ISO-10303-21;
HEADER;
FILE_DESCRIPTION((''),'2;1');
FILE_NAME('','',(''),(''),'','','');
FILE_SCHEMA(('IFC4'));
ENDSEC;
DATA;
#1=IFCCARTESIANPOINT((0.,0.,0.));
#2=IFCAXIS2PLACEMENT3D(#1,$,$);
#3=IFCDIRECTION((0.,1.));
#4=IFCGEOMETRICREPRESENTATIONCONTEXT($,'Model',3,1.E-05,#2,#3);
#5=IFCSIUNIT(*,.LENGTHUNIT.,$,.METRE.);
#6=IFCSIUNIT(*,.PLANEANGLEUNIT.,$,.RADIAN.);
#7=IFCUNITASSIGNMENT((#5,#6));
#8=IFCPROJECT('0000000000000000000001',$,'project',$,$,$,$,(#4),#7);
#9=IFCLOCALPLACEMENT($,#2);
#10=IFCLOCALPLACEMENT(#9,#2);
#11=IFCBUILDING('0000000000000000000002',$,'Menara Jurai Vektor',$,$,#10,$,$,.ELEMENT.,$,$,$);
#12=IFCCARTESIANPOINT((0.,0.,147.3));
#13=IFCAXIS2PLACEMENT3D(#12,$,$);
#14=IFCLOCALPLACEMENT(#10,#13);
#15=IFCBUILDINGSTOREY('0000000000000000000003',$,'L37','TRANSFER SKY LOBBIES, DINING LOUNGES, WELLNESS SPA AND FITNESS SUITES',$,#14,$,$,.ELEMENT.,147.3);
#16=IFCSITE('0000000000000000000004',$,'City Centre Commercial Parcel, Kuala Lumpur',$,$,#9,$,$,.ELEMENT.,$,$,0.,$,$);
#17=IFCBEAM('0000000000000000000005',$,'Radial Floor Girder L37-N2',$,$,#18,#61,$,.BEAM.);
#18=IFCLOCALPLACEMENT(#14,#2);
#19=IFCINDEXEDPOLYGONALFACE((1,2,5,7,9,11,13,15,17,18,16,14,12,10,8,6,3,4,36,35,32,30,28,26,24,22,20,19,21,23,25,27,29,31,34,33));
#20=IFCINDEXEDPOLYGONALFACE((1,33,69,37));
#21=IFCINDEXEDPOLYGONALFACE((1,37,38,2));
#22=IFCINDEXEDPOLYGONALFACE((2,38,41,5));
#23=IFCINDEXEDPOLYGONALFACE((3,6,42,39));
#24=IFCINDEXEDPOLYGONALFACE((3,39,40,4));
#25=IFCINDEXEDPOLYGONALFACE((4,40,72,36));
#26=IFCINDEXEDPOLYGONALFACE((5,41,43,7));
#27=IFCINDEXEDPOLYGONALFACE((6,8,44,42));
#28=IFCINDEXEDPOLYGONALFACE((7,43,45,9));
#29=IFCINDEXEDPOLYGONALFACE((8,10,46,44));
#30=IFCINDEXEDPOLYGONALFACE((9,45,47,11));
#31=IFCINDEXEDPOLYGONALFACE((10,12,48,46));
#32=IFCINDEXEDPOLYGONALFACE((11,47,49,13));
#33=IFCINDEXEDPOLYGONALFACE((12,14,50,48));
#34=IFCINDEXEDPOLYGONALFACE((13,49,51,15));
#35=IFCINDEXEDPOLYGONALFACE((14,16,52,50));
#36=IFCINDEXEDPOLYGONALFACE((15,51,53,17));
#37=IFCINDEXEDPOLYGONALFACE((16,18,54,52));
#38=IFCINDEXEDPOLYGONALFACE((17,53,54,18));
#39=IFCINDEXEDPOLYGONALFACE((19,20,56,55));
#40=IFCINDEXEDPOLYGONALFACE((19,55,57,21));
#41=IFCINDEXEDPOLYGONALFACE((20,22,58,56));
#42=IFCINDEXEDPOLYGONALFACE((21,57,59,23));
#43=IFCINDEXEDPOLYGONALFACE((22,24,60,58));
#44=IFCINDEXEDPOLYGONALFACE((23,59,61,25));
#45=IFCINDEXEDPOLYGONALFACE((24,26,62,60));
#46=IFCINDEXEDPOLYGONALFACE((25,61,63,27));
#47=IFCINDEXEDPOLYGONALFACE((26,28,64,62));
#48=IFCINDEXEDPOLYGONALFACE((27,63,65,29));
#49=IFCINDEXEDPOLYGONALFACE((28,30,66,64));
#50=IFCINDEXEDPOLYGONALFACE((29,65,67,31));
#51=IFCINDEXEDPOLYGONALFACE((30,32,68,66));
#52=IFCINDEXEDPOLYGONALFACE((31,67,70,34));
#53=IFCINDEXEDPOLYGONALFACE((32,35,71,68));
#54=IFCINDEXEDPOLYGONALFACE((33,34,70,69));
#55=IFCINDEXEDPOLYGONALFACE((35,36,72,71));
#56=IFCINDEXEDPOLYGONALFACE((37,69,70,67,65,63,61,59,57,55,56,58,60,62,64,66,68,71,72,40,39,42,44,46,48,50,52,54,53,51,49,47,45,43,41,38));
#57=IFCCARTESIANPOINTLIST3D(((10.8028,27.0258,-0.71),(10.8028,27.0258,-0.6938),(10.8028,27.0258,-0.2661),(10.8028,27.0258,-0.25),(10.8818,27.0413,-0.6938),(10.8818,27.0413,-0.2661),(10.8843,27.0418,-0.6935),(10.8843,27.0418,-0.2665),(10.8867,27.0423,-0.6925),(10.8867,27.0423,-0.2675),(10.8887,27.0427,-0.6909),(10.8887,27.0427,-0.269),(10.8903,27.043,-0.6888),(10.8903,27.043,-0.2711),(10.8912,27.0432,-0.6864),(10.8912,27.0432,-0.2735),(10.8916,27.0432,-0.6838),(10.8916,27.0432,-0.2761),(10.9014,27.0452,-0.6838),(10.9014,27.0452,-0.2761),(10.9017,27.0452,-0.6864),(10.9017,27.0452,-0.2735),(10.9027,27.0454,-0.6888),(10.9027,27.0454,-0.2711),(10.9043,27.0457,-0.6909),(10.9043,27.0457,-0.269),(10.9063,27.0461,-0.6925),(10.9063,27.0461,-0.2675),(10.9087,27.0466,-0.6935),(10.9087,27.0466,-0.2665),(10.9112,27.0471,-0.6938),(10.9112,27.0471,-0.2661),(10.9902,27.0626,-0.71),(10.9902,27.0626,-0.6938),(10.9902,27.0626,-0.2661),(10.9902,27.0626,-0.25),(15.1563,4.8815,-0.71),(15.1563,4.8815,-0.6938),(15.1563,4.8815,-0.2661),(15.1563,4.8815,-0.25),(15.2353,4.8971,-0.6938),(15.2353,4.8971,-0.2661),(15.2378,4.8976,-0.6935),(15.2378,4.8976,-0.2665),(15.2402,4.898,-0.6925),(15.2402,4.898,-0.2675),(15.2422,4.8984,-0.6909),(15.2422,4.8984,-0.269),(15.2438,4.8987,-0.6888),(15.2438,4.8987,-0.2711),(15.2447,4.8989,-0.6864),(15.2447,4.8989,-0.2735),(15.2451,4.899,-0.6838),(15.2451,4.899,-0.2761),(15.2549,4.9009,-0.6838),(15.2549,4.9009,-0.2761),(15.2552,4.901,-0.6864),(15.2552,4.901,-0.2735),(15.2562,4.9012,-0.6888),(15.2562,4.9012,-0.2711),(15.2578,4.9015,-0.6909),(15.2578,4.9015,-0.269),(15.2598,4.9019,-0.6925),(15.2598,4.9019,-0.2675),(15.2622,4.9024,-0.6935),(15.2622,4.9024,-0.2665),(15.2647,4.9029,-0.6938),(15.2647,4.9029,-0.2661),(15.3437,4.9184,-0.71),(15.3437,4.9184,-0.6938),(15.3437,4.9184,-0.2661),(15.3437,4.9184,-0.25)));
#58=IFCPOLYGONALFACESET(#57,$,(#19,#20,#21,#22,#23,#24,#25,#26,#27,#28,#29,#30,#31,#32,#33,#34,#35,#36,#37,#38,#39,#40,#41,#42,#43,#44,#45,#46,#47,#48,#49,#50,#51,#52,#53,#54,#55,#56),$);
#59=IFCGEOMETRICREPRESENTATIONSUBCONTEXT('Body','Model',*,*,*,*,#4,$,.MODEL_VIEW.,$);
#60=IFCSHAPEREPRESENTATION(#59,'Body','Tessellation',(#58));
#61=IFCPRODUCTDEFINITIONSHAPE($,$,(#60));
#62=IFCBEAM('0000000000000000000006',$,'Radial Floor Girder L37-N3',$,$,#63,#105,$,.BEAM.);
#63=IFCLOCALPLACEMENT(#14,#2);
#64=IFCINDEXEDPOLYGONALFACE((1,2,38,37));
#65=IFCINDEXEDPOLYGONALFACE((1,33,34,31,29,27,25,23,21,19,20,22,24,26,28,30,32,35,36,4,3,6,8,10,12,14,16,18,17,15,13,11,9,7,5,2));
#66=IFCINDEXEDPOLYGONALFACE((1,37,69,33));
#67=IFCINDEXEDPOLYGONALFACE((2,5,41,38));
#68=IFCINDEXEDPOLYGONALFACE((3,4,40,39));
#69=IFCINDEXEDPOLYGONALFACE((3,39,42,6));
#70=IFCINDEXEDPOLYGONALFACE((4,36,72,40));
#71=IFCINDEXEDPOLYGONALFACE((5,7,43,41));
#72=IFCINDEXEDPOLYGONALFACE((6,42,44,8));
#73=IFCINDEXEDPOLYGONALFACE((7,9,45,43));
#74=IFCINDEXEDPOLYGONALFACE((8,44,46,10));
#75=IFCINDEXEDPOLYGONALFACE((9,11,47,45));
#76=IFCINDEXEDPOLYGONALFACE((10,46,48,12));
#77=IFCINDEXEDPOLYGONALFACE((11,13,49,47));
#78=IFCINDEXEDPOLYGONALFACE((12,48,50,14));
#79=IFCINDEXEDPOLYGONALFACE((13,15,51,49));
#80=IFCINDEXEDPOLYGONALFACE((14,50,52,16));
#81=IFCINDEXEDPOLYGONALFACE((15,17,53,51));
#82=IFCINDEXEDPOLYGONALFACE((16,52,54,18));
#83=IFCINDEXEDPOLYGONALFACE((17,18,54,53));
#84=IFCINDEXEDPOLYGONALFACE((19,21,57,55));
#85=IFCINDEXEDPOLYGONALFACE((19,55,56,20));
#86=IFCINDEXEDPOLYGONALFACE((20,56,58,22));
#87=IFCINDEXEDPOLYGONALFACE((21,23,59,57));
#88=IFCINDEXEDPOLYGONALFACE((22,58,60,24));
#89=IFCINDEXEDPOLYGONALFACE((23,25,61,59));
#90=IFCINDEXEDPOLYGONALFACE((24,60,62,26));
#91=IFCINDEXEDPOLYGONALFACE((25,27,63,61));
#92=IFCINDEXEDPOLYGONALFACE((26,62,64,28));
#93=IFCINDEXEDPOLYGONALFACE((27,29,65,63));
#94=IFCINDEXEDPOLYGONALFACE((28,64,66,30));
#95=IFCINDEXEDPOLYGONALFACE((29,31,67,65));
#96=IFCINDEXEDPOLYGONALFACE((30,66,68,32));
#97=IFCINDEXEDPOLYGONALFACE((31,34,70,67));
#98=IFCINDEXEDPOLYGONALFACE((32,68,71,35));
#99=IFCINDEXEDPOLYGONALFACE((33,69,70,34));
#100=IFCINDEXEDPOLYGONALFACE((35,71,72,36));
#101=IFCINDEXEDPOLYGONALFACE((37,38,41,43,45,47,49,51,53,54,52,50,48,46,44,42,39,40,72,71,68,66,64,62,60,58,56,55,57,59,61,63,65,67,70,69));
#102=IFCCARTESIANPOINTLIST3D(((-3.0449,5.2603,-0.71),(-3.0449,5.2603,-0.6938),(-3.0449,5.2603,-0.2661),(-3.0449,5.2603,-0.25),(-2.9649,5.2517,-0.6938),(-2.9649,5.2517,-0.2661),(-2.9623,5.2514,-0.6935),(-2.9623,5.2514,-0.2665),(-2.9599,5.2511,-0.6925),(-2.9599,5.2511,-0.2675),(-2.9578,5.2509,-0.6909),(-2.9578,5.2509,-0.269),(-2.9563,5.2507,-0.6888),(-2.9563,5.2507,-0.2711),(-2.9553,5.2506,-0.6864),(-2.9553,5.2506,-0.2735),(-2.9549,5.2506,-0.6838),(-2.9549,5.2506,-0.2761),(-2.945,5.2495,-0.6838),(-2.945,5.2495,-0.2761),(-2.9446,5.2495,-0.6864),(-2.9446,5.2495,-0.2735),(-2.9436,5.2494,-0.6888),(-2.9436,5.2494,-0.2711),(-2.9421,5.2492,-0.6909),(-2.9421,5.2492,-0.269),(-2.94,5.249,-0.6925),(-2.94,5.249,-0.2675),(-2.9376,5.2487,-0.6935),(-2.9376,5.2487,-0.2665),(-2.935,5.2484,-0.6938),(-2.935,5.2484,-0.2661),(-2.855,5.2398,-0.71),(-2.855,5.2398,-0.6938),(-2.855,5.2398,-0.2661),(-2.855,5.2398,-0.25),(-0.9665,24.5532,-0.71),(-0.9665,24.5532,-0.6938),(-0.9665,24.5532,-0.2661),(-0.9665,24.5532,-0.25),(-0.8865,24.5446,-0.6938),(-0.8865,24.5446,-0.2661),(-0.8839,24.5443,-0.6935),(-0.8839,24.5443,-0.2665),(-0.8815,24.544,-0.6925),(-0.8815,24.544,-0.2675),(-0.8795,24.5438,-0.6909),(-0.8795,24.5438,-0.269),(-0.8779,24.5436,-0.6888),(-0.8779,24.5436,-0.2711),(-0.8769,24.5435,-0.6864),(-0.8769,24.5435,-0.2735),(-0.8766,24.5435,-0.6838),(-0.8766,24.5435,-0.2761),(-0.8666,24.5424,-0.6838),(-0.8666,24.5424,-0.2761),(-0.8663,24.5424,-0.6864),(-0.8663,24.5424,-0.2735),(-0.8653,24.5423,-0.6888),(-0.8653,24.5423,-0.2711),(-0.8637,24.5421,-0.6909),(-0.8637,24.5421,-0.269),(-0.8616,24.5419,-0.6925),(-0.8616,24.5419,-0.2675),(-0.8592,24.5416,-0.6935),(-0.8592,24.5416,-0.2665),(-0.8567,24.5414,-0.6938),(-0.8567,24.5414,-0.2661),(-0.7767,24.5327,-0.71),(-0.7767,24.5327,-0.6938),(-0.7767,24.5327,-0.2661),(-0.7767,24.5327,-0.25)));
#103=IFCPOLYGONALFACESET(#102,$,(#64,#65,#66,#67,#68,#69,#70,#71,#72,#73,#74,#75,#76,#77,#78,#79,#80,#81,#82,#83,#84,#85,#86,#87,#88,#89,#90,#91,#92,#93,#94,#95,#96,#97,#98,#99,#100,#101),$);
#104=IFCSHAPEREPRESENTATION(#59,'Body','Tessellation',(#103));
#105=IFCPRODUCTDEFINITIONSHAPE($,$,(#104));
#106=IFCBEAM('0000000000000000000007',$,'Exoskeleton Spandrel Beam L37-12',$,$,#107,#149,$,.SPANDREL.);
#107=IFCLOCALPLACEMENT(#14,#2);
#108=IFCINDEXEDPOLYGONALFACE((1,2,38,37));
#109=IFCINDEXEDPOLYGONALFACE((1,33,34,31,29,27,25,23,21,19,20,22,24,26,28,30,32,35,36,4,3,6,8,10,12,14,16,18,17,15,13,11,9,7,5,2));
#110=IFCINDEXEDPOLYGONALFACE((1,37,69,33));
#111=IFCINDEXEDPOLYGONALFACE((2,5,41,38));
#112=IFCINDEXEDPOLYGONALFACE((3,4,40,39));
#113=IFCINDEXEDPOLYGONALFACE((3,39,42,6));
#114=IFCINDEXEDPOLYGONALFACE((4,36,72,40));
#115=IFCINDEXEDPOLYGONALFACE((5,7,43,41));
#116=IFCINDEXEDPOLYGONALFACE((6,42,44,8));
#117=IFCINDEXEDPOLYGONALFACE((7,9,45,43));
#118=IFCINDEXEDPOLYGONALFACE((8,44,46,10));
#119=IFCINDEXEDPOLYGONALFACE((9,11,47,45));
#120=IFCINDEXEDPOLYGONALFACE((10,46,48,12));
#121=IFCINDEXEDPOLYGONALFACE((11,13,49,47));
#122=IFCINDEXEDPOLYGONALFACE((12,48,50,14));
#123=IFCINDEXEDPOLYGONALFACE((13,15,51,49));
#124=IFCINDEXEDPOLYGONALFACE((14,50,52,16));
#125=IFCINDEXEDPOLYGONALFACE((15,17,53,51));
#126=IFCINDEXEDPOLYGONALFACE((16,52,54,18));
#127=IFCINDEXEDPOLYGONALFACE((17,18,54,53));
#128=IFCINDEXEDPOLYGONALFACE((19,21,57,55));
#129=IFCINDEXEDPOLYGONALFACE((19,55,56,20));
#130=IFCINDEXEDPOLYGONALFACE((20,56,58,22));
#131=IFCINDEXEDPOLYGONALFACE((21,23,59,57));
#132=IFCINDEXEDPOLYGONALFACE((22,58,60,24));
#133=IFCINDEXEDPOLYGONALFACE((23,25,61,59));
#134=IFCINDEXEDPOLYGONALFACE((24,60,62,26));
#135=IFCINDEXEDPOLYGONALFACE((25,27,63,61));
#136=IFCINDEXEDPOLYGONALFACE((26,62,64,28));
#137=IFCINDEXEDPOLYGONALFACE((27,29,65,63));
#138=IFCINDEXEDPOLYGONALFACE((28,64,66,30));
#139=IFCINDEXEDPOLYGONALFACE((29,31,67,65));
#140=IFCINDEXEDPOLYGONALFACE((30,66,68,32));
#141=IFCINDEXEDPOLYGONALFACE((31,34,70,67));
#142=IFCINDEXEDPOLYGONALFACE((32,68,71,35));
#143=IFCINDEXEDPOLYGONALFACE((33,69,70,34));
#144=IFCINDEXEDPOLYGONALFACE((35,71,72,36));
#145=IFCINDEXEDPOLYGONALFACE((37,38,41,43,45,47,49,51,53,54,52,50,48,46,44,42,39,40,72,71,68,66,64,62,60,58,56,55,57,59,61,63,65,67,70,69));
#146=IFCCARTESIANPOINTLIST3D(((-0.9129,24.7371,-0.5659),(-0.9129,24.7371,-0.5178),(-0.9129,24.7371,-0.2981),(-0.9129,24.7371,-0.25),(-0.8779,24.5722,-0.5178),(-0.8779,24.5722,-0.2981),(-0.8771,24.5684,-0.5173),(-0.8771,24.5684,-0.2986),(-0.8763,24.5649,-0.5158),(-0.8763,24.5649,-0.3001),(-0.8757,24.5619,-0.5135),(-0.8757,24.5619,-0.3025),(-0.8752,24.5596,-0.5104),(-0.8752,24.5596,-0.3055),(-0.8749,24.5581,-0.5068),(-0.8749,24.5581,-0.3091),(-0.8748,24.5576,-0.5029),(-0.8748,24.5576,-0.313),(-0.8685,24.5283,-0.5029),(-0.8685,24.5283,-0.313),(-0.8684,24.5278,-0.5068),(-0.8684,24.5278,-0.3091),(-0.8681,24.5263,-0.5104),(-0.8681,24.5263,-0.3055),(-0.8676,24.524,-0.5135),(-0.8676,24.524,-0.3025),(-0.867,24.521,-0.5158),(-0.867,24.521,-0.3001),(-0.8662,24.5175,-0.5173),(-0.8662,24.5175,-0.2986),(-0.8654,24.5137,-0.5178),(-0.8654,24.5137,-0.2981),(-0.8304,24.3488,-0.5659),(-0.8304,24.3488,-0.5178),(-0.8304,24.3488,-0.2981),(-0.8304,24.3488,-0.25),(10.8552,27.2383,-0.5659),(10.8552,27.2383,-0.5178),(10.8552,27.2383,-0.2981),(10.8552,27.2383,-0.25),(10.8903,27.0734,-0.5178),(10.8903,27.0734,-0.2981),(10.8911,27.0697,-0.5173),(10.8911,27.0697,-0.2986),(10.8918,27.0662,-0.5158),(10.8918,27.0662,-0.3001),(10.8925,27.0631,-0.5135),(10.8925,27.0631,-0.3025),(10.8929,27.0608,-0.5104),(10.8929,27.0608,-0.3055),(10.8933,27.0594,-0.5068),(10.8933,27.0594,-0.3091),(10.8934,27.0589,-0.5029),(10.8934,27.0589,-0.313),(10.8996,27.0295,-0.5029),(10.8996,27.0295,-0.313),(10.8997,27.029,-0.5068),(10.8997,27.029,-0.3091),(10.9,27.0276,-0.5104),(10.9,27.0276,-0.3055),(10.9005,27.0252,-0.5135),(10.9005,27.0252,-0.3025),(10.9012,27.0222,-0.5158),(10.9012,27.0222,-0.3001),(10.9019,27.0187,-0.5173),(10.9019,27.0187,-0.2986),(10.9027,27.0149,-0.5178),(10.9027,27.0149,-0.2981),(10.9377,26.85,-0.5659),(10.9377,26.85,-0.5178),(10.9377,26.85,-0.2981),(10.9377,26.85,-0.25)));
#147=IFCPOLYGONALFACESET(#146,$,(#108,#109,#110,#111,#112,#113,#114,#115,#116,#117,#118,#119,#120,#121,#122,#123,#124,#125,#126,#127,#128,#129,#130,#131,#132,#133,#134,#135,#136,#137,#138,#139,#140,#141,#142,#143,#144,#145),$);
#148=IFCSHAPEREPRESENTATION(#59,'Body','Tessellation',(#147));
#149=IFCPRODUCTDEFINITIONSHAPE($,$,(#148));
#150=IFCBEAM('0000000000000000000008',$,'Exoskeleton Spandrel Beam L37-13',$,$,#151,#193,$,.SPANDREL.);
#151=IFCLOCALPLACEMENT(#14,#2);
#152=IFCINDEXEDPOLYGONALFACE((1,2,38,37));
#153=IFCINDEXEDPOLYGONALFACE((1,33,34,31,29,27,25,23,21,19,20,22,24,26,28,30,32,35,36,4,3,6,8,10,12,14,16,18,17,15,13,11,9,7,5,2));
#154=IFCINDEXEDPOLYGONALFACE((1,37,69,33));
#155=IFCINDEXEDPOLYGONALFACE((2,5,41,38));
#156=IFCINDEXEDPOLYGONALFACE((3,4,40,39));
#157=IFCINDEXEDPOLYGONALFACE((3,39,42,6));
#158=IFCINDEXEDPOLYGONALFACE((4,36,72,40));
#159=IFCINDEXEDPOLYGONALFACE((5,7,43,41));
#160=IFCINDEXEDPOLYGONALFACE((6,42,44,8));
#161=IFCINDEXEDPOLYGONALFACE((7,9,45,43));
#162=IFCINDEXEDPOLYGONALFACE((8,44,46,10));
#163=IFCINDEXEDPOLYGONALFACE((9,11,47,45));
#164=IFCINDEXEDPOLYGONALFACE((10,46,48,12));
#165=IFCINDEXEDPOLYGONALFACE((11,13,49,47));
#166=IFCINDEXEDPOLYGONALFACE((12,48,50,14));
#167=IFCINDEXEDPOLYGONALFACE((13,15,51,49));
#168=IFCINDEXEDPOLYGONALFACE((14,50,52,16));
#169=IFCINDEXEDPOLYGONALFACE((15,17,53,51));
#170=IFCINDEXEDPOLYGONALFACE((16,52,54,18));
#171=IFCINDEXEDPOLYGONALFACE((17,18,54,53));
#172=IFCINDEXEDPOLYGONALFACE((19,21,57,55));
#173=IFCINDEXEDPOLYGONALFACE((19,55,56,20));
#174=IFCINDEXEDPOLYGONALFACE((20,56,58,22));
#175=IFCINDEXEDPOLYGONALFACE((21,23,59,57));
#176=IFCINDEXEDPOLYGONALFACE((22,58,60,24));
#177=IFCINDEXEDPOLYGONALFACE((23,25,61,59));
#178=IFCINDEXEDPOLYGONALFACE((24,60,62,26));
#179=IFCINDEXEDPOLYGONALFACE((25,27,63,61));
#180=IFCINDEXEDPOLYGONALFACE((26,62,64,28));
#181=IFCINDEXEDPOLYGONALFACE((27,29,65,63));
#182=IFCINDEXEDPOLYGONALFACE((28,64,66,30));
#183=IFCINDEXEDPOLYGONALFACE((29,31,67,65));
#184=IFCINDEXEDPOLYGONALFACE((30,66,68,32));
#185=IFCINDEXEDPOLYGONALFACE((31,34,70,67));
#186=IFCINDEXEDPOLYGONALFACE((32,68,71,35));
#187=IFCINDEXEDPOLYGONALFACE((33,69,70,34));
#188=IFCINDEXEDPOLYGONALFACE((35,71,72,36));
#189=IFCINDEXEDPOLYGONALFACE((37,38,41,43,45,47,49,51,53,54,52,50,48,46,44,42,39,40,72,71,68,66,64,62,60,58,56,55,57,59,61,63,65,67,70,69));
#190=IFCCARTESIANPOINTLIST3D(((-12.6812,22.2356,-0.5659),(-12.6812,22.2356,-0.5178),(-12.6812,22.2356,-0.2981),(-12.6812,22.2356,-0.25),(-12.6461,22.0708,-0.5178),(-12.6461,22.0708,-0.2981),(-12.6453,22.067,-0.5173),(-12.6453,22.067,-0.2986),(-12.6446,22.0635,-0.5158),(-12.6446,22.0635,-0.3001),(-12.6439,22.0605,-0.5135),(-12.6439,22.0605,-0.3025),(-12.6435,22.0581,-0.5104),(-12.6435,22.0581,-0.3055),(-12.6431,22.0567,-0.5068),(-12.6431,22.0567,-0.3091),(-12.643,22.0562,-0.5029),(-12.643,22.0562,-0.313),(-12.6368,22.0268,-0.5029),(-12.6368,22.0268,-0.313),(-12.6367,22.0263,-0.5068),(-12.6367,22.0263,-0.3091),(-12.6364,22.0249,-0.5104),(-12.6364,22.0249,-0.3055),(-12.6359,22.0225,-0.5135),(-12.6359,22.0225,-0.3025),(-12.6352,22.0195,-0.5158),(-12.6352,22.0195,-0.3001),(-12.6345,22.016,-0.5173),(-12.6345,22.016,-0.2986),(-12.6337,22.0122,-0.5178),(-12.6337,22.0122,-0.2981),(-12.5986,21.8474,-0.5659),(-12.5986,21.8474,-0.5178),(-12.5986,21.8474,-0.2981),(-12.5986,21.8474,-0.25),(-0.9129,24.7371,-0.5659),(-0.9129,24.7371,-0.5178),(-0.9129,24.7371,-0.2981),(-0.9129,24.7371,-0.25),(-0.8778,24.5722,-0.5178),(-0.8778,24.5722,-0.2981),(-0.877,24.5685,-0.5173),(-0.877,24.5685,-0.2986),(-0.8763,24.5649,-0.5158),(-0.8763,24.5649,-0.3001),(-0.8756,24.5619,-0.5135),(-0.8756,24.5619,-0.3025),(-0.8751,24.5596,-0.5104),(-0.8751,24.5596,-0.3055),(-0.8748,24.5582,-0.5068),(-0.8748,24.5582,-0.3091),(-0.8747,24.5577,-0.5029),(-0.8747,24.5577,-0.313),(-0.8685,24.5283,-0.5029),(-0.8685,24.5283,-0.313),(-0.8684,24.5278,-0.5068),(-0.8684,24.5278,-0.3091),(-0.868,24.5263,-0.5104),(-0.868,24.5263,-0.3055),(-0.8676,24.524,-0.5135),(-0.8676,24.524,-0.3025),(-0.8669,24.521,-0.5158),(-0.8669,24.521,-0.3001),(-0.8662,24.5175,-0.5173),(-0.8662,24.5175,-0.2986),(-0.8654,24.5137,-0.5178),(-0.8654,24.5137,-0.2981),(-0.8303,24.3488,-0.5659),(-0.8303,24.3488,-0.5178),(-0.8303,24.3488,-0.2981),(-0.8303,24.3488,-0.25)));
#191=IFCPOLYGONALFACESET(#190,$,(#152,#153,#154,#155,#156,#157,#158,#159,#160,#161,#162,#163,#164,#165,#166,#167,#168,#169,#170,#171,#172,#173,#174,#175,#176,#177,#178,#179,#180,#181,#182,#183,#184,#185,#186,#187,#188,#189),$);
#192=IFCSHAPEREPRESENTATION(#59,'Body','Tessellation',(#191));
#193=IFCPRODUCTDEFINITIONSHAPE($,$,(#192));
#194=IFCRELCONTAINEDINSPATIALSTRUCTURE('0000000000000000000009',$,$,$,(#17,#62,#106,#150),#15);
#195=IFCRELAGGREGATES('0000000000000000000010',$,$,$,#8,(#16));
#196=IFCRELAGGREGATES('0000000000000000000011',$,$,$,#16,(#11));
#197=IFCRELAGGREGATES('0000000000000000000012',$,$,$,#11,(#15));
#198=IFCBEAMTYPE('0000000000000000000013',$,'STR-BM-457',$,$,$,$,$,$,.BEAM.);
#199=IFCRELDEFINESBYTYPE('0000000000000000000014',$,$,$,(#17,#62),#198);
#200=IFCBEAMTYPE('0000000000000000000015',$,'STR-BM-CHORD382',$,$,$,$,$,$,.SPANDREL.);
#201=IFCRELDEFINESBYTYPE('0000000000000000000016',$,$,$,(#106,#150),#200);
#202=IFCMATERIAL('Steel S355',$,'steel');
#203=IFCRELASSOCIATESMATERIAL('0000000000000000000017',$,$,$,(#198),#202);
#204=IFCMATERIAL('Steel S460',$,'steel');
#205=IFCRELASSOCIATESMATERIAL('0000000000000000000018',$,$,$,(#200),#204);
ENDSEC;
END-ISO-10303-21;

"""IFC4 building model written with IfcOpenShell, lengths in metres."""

from ifc_helpers import new_model, si_unit, direction, frame, origin, origin_2d, place, context, subcontext, project, spatial, i_section, extrude, material, material_profile, profile_set, type_object, element, save


model = new_model("IFC4")

# Units and contexts
model_context = context("Model", 3, precision=1e-05, world=origin(), true_north=direction((0.0, 1.0)))
body_context = subcontext(model_context, "Body", "Model", "MODEL_VIEW")
ifc_project = project(units=[si_unit("LENGTHUNIT", "METRE"), si_unit("PLANEANGLEUNIT", "RADIAN")], contexts=[model_context])

# Site, building, storey
site_placement = place(None, origin())
site = spatial("IfcSite", under=ifc_project, at=site_placement, Name="City Centre Commercial Parcel, Kuala Lumpur", CompositionType="ELEMENT", RefElevation=0.0)
building_placement = place(site_placement, origin())
building = spatial("IfcBuilding", under=site, at=building_placement, Name="Menara Jurai Vektor", CompositionType="ELEMENT")
storey_placement = place(building_placement, frame((0.0, 0.0, 147.3)))
storey = spatial("IfcBuildingStorey", under=building, at=storey_placement, Name="L37", Description="TRANSFER SKY LOBBIES, DINING LOUNGES, WELLNESS SPA AND FITNESS SUITES", CompositionType="ELEMENT", Elevation=147.3)

# Shared definitions
ifc_material_1 = material(Name="Steel S460", Category="steel")

# Beams
ifc_material_2 = material(Name="Steel S355", Category="steel")
ifc_material_profile_1 = material_profile(ifc_material_2, i_section(OverallWidth=0.1909, OverallDepth=0.46, WebThickness=0.01, FlangeThickness=0.0161, FilletRadius=0.01, at=origin_2d()), Name="UKB 457x191x82")
ifc_profile_set_1 = profile_set([ifc_material_profile_1], Name="Steel S355")
beam_type_1 = type_object("IfcBeamType", Name="STR-BM-457", PredefinedType="BEAM", material=ifc_profile_set_1)
beam_1_placement = place(storey_placement, frame((10.8965, 27.0442, -0.48), z_axis=(0.192905, -0.981217, 0.0), x_axis=(0.981217, 0.192905, 0.0)))
element("IfcBeam", 1, at=beam_1_placement, inside=storey, type_object=beam_type_1, Name="Radial Floor Girder L37-N2", PredefinedType="BEAM", context=body_context, shape_type="SweptSolid", body=[
    extrude(i_section(OverallWidth=0.1909, OverallDepth=0.46, WebThickness=0.01, FlangeThickness=0.0161, FilletRadius=0.01, at=origin_2d()), origin(), (0.0, 0.0, 1.0), 22.5681),
])
beam_2_placement = place(storey_placement, frame((-0.8716, 24.543, -0.48), z_axis=(-0.107107, -0.994247, 0.0), x_axis=(0.994247, -0.107107, 0.0)))
element("IfcBeam", 2, at=beam_2_placement, inside=storey, type_object=beam_type_1, Name="Radial Floor Girder L37-N3", PredefinedType="BEAM", context=body_context, shape_type="SweptSolid", body=[
    extrude(i_section(OverallWidth=0.1909, OverallDepth=0.46, WebThickness=0.01, FlangeThickness=0.0161, FilletRadius=0.01, at=origin_2d()), origin(), (0.0, 0.0, 1.0), 19.4045),
])
ifc_material_profile_2 = material_profile(ifc_material_1, i_section(OverallWidth=0.397, OverallDepth=0.3159, WebThickness=0.03, FlangeThickness=0.0481, FilletRadius=0.0149, at=origin_2d()), Name="HD 400x382")
ifc_profile_set_2 = profile_set([ifc_material_profile_2], Name="Steel S460")
beam_type_2 = type_object("IfcBeamType", Name="STR-BM-CHORD382", PredefinedType="SPANDREL", material=ifc_profile_set_2)
beam_3_placement = place(storey_placement, frame((10.8965, 27.0442, -0.408), z_axis=(-0.97815, -0.207899, 0.0), x_axis=(0.207899, -0.97815, 0.0)))
element("IfcBeam", 3, at=beam_3_placement, inside=storey, type_object=beam_type_2, Name="Exoskeleton Spandrel Beam L37-12", PredefinedType="SPANDREL", context=body_context, shape_type="SweptSolid", body=[
    extrude(i_section(OverallWidth=0.397, OverallDepth=0.3159, WebThickness=0.03, FlangeThickness=0.0481, FilletRadius=0.0149, at=origin_2d()), origin(), (0.0, 0.0, 1.0), 12.031),
])
beam_4_placement = place(storey_placement, frame((-0.8716, 24.543, -0.408), z_axis=(-0.978147, -0.207914, 0.0), x_axis=(0.207914, -0.978147, 0.0)))
element("IfcBeam", 4, at=beam_4_placement, inside=storey, type_object=beam_type_2, Name="Exoskeleton Spandrel Beam L37-13", PredefinedType="SPANDREL", context=body_context, shape_type="SweptSolid", body=[
    extrude(i_section(OverallWidth=0.397, OverallDepth=0.3159, WebThickness=0.03, FlangeThickness=0.0481, FilletRadius=0.0149, at=origin_2d()), origin(), (0.0, 0.0, 1.0), 12.0312),
])

save(model, "model.ifc")
